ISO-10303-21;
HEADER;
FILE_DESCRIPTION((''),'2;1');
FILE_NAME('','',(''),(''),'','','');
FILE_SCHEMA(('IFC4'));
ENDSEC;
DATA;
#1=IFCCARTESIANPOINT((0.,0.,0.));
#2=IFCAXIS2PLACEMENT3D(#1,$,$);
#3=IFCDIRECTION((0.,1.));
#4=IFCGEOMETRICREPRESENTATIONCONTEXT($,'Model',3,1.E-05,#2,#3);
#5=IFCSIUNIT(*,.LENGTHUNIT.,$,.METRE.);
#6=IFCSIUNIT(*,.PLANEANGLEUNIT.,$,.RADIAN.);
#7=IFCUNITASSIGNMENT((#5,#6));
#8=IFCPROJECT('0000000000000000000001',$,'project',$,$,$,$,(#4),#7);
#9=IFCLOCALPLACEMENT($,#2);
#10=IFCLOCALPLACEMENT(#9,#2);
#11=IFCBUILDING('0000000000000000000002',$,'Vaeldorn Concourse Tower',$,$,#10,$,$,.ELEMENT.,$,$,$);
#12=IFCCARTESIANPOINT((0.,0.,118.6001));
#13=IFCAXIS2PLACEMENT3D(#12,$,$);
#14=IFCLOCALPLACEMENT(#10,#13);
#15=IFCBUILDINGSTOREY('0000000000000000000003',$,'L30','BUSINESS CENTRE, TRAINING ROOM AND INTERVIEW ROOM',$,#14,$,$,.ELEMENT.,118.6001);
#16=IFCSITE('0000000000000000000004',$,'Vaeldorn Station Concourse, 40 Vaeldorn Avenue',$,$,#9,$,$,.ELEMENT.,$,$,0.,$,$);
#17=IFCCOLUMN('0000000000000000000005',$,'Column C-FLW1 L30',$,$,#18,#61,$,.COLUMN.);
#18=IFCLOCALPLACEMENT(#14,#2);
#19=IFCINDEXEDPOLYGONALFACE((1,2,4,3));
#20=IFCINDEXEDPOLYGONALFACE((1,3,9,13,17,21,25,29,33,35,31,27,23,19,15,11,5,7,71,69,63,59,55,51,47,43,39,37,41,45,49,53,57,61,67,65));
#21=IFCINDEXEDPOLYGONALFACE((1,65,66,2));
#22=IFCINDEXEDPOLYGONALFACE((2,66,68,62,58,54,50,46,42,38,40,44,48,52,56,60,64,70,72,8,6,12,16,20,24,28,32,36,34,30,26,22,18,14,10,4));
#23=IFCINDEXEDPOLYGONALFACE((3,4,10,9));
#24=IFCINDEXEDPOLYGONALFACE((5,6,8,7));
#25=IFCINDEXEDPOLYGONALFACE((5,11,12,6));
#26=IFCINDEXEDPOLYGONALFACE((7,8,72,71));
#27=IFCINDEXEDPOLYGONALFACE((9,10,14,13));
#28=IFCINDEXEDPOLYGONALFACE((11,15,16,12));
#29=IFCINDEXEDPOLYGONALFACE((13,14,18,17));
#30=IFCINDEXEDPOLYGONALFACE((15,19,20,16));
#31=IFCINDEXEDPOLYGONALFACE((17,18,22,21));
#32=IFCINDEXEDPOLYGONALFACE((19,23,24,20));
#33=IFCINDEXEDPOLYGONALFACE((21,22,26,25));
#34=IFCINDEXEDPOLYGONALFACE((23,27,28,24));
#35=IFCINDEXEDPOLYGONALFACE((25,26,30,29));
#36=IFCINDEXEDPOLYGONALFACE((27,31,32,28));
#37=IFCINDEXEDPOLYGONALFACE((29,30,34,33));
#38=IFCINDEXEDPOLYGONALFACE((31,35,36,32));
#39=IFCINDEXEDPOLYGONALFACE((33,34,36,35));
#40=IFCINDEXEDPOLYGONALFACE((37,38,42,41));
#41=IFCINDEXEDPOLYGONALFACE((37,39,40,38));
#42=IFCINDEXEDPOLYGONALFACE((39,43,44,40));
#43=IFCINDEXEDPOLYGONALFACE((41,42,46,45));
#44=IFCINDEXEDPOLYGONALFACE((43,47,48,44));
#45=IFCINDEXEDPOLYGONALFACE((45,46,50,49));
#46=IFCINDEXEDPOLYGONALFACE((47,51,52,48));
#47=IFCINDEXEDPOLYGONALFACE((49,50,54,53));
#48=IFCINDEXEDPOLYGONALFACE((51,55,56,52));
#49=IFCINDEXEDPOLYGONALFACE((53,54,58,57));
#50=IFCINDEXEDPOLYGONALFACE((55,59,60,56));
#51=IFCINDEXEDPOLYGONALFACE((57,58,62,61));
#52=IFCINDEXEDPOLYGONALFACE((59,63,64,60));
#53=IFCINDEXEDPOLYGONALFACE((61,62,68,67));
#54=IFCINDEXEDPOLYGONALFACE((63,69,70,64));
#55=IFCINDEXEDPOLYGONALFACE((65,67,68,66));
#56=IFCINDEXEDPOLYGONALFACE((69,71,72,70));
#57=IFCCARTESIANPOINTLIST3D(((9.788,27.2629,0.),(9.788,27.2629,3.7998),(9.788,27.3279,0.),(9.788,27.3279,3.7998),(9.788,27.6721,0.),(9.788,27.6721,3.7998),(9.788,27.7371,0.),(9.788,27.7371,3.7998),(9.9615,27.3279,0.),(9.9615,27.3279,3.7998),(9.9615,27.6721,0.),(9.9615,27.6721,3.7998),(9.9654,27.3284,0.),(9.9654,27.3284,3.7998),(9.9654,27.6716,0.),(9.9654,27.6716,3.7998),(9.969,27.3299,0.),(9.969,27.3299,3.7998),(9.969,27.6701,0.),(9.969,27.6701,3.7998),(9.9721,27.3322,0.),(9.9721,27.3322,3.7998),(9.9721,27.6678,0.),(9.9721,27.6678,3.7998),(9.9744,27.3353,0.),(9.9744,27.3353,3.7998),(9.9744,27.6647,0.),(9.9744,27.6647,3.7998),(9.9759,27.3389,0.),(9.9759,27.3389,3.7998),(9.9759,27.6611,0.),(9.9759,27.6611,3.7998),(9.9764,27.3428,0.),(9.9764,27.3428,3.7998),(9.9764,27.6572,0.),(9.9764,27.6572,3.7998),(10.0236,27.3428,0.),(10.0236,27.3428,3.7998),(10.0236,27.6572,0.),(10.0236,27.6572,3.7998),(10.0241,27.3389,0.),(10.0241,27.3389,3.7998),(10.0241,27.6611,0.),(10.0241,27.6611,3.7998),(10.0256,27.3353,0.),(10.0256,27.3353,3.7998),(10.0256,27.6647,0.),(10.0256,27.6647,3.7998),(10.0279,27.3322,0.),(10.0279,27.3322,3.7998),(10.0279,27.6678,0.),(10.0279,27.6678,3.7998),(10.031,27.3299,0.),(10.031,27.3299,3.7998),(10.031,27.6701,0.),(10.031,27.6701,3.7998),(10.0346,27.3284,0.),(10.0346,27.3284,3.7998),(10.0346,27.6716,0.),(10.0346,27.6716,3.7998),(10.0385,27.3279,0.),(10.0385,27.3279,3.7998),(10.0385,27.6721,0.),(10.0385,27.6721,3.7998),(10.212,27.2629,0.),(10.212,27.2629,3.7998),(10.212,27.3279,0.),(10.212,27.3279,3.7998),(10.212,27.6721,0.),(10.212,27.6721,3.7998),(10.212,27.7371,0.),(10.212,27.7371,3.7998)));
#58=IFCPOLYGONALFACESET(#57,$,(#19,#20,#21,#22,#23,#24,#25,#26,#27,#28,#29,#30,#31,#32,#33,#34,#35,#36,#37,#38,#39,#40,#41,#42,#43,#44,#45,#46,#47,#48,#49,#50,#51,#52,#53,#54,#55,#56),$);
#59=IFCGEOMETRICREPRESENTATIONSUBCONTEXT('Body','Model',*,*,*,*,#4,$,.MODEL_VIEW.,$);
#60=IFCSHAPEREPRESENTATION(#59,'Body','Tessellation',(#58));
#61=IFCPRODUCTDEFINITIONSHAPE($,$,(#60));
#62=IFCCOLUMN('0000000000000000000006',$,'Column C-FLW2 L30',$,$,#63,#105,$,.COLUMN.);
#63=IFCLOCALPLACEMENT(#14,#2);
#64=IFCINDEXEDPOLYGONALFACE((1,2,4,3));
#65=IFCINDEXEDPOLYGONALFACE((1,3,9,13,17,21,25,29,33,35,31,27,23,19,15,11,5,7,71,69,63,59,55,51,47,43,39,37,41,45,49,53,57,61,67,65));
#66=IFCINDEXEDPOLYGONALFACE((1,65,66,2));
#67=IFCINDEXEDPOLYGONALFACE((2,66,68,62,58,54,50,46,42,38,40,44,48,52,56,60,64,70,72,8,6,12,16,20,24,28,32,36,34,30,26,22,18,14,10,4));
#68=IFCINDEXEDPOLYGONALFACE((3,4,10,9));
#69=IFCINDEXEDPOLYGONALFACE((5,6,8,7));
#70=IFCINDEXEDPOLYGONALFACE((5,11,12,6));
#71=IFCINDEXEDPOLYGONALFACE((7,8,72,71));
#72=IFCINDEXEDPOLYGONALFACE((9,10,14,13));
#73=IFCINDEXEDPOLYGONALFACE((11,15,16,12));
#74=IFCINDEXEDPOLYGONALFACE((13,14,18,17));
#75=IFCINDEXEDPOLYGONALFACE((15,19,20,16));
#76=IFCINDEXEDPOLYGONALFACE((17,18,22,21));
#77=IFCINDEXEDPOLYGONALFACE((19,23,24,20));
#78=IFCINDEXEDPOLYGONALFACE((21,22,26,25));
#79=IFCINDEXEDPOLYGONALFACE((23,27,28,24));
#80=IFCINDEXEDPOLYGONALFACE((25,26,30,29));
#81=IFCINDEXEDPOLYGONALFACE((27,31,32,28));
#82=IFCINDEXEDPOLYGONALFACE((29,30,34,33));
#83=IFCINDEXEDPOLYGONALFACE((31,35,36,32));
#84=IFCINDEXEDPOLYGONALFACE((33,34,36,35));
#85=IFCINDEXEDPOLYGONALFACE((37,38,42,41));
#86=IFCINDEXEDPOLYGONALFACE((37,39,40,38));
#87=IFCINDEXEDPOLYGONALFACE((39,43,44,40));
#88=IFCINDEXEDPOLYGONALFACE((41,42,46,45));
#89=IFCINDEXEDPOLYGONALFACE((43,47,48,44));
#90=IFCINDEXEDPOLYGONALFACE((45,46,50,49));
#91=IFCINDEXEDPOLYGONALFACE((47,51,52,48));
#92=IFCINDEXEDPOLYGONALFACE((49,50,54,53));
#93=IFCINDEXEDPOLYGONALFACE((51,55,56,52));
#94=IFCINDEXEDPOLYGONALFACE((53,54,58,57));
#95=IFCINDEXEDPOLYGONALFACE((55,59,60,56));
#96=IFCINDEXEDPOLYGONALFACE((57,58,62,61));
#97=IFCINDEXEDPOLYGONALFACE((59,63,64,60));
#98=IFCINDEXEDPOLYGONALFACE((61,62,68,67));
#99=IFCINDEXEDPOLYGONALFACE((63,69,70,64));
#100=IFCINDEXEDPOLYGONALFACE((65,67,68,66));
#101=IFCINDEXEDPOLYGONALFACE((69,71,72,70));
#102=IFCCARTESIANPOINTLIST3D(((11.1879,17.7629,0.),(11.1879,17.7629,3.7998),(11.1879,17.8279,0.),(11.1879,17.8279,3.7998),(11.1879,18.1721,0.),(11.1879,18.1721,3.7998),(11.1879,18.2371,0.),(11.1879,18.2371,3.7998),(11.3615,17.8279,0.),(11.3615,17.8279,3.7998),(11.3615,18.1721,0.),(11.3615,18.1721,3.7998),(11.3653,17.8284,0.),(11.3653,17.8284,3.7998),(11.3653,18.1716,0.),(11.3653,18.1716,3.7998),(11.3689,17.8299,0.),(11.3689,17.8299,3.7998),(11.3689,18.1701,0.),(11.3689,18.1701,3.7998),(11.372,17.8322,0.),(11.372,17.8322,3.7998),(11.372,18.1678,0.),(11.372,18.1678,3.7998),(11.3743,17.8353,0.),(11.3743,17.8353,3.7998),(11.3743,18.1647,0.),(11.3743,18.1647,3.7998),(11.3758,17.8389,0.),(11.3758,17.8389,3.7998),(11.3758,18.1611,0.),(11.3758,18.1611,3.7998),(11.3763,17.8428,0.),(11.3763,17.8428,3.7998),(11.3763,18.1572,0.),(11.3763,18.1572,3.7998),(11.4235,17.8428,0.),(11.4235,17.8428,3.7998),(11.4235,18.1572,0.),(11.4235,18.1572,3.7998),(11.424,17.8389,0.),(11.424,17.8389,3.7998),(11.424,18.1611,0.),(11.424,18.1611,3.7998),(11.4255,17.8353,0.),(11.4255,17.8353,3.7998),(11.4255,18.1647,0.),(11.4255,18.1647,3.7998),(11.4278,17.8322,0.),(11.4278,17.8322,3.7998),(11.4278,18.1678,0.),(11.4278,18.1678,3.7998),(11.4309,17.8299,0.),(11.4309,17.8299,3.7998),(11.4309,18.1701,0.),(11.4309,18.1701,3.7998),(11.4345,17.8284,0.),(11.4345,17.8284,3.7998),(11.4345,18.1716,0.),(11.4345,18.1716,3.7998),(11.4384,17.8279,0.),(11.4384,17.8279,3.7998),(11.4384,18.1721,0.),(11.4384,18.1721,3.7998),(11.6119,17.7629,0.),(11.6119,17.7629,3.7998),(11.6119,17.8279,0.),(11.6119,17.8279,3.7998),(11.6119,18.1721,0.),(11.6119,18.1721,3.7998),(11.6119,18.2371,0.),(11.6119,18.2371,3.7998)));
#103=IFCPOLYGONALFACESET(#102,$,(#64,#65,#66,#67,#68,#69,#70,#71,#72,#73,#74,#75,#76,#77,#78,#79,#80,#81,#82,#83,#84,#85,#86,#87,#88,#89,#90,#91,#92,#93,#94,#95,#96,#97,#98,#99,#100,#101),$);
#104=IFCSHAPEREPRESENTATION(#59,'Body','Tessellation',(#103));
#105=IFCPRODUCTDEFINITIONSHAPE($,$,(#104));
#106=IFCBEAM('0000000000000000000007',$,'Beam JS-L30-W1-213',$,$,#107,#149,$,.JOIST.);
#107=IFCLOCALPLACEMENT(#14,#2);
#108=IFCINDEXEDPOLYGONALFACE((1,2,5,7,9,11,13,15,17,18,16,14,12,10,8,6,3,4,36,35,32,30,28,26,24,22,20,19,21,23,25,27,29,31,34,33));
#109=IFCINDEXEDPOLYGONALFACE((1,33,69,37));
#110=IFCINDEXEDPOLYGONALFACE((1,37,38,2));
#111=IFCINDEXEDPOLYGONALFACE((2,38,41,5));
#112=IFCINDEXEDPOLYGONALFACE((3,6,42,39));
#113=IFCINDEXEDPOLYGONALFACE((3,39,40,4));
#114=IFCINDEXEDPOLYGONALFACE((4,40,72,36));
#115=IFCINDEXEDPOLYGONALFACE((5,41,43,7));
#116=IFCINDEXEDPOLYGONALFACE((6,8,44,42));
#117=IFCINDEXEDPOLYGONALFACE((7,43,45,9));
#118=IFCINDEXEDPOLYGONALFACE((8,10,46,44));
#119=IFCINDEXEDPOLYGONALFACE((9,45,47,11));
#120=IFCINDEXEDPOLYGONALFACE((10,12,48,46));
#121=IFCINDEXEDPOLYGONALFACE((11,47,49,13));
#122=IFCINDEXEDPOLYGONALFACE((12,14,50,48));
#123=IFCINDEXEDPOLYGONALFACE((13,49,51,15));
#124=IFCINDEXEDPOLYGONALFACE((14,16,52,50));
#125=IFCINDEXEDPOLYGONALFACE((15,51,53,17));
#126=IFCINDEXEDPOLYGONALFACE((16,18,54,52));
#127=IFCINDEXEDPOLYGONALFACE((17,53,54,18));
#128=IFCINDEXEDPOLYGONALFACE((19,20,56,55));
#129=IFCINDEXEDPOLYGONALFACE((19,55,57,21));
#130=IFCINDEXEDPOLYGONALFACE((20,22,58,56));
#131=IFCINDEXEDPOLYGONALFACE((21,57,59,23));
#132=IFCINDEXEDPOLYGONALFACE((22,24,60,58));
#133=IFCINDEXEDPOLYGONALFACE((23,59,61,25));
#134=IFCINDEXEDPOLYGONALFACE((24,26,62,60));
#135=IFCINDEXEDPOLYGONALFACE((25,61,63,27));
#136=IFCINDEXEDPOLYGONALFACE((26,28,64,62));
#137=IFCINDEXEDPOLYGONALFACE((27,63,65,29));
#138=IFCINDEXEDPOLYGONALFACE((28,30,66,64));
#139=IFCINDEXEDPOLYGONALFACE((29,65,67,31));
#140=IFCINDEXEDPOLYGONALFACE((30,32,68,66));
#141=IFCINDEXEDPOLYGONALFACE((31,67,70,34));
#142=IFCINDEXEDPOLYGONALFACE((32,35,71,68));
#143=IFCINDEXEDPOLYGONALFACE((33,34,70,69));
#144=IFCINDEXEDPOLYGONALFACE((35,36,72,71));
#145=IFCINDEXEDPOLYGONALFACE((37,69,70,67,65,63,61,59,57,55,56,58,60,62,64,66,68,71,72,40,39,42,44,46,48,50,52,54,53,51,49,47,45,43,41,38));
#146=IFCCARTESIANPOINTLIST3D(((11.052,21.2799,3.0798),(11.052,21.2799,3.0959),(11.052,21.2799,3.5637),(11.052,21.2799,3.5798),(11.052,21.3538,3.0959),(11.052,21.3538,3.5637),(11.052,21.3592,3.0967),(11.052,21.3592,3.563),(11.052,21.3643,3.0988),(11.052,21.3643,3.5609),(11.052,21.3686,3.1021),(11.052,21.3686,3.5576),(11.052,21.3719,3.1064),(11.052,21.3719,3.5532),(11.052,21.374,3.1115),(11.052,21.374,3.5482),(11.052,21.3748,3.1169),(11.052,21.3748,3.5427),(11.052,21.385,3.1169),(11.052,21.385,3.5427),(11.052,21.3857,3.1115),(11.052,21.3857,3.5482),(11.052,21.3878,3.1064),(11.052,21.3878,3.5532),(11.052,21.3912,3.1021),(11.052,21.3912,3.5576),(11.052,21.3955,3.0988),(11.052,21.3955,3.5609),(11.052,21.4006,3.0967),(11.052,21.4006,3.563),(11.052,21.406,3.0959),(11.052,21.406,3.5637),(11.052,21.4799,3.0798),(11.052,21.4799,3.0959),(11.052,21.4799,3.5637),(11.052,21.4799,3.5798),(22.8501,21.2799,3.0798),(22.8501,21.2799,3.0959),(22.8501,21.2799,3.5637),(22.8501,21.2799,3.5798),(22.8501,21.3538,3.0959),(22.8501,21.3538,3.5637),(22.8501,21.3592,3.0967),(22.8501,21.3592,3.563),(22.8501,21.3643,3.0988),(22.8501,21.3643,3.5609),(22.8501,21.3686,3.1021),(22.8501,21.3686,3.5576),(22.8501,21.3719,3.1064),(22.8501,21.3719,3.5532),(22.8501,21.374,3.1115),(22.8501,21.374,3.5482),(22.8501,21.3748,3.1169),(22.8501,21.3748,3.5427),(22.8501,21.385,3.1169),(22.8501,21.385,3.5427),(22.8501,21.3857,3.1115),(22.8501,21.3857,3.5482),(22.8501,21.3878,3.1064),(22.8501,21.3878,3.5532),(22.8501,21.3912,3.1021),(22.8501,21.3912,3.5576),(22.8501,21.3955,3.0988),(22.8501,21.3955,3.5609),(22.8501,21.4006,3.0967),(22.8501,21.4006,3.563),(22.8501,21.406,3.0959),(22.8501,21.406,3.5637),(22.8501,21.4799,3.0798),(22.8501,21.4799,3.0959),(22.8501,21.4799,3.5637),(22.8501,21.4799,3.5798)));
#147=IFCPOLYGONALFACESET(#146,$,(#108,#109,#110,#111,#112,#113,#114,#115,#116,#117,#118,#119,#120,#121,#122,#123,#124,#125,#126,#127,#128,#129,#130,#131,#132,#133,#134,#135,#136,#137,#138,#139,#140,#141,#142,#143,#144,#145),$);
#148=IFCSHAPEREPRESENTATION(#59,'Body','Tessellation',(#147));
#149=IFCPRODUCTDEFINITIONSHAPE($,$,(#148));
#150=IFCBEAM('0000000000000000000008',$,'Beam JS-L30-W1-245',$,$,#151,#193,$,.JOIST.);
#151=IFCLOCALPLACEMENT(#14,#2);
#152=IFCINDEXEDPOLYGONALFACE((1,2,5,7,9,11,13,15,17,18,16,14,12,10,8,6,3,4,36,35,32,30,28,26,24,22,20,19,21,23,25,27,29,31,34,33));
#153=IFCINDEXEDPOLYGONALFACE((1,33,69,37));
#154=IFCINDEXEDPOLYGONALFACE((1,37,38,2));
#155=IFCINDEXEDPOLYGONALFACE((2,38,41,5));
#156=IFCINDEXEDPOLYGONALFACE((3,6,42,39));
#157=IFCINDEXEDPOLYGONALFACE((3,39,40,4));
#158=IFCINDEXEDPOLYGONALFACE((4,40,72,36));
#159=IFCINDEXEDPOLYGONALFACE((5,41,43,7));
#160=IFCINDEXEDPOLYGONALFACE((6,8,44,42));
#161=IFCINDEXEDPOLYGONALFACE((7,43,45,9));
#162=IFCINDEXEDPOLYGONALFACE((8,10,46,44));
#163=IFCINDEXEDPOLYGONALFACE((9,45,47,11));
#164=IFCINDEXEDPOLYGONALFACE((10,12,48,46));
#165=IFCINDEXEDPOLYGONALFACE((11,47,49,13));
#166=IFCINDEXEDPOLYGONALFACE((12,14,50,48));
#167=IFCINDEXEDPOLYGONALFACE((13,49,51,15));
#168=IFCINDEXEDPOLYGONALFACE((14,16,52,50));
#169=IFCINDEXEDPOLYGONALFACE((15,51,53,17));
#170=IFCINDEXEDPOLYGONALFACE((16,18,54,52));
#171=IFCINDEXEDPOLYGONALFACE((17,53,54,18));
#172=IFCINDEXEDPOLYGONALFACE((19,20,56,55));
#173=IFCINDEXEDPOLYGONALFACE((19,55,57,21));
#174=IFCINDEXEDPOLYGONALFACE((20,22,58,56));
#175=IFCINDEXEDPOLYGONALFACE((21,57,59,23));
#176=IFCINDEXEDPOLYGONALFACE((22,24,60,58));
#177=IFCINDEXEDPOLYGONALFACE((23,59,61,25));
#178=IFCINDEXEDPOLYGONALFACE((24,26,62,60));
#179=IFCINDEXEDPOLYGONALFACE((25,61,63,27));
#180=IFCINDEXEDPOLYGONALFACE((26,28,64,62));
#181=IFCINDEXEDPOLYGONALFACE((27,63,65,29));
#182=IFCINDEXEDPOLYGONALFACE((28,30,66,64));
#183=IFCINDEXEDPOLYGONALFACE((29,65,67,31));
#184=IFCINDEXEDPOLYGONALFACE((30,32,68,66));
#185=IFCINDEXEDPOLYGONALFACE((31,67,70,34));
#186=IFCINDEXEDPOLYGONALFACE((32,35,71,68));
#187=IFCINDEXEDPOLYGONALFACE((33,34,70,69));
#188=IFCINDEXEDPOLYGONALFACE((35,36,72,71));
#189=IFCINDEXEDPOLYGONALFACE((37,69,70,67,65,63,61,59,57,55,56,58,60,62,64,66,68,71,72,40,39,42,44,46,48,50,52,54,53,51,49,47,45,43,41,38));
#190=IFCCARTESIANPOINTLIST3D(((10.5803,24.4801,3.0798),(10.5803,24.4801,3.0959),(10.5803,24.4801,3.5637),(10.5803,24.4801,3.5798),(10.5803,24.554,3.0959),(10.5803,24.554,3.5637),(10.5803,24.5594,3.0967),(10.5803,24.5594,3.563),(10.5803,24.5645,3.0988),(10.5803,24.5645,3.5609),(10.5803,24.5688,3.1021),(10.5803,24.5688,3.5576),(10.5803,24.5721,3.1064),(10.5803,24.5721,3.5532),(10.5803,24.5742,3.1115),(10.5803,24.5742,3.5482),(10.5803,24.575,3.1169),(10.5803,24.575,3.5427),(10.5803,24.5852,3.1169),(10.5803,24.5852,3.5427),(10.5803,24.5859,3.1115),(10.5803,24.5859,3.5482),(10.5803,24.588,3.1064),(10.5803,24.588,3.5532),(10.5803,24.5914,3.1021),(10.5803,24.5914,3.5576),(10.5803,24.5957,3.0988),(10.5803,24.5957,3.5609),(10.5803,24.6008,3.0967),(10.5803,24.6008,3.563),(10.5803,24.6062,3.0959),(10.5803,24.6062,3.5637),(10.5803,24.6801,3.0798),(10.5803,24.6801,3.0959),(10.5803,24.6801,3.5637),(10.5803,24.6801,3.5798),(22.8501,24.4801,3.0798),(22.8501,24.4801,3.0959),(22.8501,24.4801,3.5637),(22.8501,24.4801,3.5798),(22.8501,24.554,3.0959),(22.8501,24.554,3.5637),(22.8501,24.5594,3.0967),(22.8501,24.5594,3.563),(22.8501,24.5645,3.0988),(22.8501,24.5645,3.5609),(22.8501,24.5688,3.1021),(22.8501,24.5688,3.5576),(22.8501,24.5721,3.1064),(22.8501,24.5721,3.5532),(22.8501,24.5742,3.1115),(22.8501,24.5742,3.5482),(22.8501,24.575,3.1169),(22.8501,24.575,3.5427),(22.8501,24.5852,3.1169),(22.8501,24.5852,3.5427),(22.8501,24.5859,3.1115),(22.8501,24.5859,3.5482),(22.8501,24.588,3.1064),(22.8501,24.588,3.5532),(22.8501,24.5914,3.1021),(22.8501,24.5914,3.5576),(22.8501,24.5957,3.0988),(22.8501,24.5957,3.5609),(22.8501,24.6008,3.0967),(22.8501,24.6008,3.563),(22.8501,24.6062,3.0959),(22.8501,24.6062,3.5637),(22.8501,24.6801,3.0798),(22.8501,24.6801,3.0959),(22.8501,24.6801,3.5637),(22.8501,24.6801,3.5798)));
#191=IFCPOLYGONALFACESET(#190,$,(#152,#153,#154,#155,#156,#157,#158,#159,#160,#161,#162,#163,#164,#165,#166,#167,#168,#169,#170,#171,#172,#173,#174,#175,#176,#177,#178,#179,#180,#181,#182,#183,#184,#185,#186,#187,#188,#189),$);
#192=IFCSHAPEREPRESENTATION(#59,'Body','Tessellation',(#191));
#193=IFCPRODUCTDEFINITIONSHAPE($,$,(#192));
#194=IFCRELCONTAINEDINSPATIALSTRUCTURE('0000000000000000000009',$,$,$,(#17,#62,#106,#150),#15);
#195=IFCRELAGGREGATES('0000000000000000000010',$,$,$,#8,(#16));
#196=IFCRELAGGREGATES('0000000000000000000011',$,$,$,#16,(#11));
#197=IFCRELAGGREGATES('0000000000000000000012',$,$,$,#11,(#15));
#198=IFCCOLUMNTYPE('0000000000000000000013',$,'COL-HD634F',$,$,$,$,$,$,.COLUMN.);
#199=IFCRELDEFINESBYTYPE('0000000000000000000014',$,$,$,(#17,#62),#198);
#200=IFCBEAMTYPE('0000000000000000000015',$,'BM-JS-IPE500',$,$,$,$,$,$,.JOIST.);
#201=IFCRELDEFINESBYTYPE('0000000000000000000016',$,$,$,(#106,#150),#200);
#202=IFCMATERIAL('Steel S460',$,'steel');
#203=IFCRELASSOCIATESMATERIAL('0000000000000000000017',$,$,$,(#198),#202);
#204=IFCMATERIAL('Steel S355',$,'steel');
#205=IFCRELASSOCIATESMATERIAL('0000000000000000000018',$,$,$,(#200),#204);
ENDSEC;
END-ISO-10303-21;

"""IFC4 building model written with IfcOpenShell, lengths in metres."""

from ifc_helpers import new_model, si_unit, direction, frame, origin, origin_2d, place, context, subcontext, project, spatial, i_section, extrude, source, transform, mapped, material, material_profile, profile_set, type_object, element, save


model = new_model("IFC4")

# Units and contexts
model_context = context("Model", 3, precision=1e-05, world=origin(), true_north=direction((0.0, 1.0)))
body_context = subcontext(model_context, "Body", "Model", "MODEL_VIEW")
ifc_project = project(units=[si_unit("LENGTHUNIT", "METRE"), si_unit("PLANEANGLEUNIT", "RADIAN")], contexts=[model_context])

# Site, building, storey
site_placement = place(None, origin())
site = spatial("IfcSite", under=ifc_project, at=site_placement, Name="Vaeldorn Station Concourse, 40 Vaeldorn Avenue", CompositionType="ELEMENT", RefElevation=0.0)
building_placement = place(site_placement, origin())
building = spatial("IfcBuilding", under=site, at=building_placement, Name="Vaeldorn Concourse Tower", CompositionType="ELEMENT")
storey_placement = place(building_placement, frame((0.0, 0.0, 118.6001)))
storey = spatial("IfcBuildingStorey", under=building, at=storey_placement, Name="L30", Description="BUSINESS CENTRE, TRAINING ROOM AND INTERVIEW ROOM", CompositionType="ELEMENT", Elevation=118.6001)

# Columns
ifc_material_1 = material(Name="Steel S460", Category="steel")
ifc_material_profile_1 = material_profile(ifc_material_1, i_section(OverallWidth=0.4241, OverallDepth=0.4741, WebThickness=0.0471, FlangeThickness=0.0649, FilletRadius=0.0149, at=origin_2d()), Name="HD 400x634")
ifc_profile_set_1 = profile_set([ifc_material_profile_1], Name="Steel S460")
column_type = type_object("IfcColumnType", Name="COL-HD634F", PredefinedType="COLUMN", material=ifc_profile_set_1)
shared_shape_1 = source(origin(), body_context, "Body", "SweptSolid", [
    extrude(i_section(OverallWidth=0.4241, OverallDepth=0.4741, WebThickness=0.0471, FlangeThickness=0.0649, FilletRadius=0.0149, at=origin_2d()), origin(), (0.0, 0.0, 1.0), 3.7998),
])
for number, where, z_axis, x_axis, name in (
    (1, (10.0, 27.5, 0.0), (0.0, 0.0, 1.0), (1.0, 0.0, 0.0), "Column C-FLW1 L30"),
    (2, (11.3999, 18.0, 0.0), (0.0, 0.0, 1.0), (1.0, 0.0, 0.0), "Column C-FLW2 L30"),
):
    element("IfcColumn", number, at=place(storey_placement, frame(where, z_axis=z_axis, x_axis=x_axis)), inside=storey, type_object=column_type, Name=name, PredefinedType="COLUMN", context=body_context, shape_type="MappedRepresentation", body=[
        mapped(shared_shape_1, transform((0.0, 0.0, 0.0), scale=1.0)),
    ])

# Beams
ifc_material_2 = material(Name="Steel S355", Category="steel")
ifc_material_profile_2 = material_profile(ifc_material_2, i_section(OverallWidth=0.2, OverallDepth=0.5, WebThickness=0.0103, FlangeThickness=0.0161, FilletRadius=0.021, at=origin_2d()), Name="IPE 500")
ifc_profile_set_2 = profile_set([ifc_material_profile_2], Name="Steel S355")
beam_type_1 = type_object("IfcBeamType", Name="BM-JS-IPE500", PredefinedType="JOIST", material=ifc_profile_set_2)
shared_shape_2 = source(origin(), body_context, "Body", "SweptSolid", [
    extrude(i_section(OverallWidth=0.2, OverallDepth=0.5, WebThickness=0.0103, FlangeThickness=0.0161, FilletRadius=0.021, at=origin_2d()), origin(), (0.0, 0.0, 1.0), 11.7981),
])
beam_1_placement = place(storey_placement, frame((11.052, 21.3799, 3.3298), z_axis=(1.0, 0.0, 0.0), x_axis=(0.0, 1.0, 0.0)))
element("IfcBeam", 3, at=beam_1_placement, inside=storey, type_object=beam_type_1, Name="Beam JS-L30-W1-213", PredefinedType="JOIST", context=body_context, shape_type="MappedRepresentation", body=[
    mapped(shared_shape_2, transform((0.0, 0.0, 0.0), scale=1.0)),
])
shared_shape_3 = source(origin(), body_context, "Body", "SweptSolid", [
    extrude(i_section(OverallWidth=0.2, OverallDepth=0.5, WebThickness=0.0103, FlangeThickness=0.0161, FilletRadius=0.021, at=origin_2d()), origin(), (0.0, 0.0, 1.0), 12.2698),
])
beam_2_placement = place(storey_placement, frame((10.5803, 24.5801, 3.3298), z_axis=(1.0, 0.0, 0.0), x_axis=(0.0, 1.0, 0.0)))
element("IfcBeam", 4, at=beam_2_placement, inside=storey, type_object=beam_type_1, Name="Beam JS-L30-W1-245", PredefinedType="JOIST", context=body_context, shape_type="MappedRepresentation", body=[
    mapped(shared_shape_3, transform((0.0, 0.0, 0.0), scale=1.0)),
])

save(model, "model.ifc")
